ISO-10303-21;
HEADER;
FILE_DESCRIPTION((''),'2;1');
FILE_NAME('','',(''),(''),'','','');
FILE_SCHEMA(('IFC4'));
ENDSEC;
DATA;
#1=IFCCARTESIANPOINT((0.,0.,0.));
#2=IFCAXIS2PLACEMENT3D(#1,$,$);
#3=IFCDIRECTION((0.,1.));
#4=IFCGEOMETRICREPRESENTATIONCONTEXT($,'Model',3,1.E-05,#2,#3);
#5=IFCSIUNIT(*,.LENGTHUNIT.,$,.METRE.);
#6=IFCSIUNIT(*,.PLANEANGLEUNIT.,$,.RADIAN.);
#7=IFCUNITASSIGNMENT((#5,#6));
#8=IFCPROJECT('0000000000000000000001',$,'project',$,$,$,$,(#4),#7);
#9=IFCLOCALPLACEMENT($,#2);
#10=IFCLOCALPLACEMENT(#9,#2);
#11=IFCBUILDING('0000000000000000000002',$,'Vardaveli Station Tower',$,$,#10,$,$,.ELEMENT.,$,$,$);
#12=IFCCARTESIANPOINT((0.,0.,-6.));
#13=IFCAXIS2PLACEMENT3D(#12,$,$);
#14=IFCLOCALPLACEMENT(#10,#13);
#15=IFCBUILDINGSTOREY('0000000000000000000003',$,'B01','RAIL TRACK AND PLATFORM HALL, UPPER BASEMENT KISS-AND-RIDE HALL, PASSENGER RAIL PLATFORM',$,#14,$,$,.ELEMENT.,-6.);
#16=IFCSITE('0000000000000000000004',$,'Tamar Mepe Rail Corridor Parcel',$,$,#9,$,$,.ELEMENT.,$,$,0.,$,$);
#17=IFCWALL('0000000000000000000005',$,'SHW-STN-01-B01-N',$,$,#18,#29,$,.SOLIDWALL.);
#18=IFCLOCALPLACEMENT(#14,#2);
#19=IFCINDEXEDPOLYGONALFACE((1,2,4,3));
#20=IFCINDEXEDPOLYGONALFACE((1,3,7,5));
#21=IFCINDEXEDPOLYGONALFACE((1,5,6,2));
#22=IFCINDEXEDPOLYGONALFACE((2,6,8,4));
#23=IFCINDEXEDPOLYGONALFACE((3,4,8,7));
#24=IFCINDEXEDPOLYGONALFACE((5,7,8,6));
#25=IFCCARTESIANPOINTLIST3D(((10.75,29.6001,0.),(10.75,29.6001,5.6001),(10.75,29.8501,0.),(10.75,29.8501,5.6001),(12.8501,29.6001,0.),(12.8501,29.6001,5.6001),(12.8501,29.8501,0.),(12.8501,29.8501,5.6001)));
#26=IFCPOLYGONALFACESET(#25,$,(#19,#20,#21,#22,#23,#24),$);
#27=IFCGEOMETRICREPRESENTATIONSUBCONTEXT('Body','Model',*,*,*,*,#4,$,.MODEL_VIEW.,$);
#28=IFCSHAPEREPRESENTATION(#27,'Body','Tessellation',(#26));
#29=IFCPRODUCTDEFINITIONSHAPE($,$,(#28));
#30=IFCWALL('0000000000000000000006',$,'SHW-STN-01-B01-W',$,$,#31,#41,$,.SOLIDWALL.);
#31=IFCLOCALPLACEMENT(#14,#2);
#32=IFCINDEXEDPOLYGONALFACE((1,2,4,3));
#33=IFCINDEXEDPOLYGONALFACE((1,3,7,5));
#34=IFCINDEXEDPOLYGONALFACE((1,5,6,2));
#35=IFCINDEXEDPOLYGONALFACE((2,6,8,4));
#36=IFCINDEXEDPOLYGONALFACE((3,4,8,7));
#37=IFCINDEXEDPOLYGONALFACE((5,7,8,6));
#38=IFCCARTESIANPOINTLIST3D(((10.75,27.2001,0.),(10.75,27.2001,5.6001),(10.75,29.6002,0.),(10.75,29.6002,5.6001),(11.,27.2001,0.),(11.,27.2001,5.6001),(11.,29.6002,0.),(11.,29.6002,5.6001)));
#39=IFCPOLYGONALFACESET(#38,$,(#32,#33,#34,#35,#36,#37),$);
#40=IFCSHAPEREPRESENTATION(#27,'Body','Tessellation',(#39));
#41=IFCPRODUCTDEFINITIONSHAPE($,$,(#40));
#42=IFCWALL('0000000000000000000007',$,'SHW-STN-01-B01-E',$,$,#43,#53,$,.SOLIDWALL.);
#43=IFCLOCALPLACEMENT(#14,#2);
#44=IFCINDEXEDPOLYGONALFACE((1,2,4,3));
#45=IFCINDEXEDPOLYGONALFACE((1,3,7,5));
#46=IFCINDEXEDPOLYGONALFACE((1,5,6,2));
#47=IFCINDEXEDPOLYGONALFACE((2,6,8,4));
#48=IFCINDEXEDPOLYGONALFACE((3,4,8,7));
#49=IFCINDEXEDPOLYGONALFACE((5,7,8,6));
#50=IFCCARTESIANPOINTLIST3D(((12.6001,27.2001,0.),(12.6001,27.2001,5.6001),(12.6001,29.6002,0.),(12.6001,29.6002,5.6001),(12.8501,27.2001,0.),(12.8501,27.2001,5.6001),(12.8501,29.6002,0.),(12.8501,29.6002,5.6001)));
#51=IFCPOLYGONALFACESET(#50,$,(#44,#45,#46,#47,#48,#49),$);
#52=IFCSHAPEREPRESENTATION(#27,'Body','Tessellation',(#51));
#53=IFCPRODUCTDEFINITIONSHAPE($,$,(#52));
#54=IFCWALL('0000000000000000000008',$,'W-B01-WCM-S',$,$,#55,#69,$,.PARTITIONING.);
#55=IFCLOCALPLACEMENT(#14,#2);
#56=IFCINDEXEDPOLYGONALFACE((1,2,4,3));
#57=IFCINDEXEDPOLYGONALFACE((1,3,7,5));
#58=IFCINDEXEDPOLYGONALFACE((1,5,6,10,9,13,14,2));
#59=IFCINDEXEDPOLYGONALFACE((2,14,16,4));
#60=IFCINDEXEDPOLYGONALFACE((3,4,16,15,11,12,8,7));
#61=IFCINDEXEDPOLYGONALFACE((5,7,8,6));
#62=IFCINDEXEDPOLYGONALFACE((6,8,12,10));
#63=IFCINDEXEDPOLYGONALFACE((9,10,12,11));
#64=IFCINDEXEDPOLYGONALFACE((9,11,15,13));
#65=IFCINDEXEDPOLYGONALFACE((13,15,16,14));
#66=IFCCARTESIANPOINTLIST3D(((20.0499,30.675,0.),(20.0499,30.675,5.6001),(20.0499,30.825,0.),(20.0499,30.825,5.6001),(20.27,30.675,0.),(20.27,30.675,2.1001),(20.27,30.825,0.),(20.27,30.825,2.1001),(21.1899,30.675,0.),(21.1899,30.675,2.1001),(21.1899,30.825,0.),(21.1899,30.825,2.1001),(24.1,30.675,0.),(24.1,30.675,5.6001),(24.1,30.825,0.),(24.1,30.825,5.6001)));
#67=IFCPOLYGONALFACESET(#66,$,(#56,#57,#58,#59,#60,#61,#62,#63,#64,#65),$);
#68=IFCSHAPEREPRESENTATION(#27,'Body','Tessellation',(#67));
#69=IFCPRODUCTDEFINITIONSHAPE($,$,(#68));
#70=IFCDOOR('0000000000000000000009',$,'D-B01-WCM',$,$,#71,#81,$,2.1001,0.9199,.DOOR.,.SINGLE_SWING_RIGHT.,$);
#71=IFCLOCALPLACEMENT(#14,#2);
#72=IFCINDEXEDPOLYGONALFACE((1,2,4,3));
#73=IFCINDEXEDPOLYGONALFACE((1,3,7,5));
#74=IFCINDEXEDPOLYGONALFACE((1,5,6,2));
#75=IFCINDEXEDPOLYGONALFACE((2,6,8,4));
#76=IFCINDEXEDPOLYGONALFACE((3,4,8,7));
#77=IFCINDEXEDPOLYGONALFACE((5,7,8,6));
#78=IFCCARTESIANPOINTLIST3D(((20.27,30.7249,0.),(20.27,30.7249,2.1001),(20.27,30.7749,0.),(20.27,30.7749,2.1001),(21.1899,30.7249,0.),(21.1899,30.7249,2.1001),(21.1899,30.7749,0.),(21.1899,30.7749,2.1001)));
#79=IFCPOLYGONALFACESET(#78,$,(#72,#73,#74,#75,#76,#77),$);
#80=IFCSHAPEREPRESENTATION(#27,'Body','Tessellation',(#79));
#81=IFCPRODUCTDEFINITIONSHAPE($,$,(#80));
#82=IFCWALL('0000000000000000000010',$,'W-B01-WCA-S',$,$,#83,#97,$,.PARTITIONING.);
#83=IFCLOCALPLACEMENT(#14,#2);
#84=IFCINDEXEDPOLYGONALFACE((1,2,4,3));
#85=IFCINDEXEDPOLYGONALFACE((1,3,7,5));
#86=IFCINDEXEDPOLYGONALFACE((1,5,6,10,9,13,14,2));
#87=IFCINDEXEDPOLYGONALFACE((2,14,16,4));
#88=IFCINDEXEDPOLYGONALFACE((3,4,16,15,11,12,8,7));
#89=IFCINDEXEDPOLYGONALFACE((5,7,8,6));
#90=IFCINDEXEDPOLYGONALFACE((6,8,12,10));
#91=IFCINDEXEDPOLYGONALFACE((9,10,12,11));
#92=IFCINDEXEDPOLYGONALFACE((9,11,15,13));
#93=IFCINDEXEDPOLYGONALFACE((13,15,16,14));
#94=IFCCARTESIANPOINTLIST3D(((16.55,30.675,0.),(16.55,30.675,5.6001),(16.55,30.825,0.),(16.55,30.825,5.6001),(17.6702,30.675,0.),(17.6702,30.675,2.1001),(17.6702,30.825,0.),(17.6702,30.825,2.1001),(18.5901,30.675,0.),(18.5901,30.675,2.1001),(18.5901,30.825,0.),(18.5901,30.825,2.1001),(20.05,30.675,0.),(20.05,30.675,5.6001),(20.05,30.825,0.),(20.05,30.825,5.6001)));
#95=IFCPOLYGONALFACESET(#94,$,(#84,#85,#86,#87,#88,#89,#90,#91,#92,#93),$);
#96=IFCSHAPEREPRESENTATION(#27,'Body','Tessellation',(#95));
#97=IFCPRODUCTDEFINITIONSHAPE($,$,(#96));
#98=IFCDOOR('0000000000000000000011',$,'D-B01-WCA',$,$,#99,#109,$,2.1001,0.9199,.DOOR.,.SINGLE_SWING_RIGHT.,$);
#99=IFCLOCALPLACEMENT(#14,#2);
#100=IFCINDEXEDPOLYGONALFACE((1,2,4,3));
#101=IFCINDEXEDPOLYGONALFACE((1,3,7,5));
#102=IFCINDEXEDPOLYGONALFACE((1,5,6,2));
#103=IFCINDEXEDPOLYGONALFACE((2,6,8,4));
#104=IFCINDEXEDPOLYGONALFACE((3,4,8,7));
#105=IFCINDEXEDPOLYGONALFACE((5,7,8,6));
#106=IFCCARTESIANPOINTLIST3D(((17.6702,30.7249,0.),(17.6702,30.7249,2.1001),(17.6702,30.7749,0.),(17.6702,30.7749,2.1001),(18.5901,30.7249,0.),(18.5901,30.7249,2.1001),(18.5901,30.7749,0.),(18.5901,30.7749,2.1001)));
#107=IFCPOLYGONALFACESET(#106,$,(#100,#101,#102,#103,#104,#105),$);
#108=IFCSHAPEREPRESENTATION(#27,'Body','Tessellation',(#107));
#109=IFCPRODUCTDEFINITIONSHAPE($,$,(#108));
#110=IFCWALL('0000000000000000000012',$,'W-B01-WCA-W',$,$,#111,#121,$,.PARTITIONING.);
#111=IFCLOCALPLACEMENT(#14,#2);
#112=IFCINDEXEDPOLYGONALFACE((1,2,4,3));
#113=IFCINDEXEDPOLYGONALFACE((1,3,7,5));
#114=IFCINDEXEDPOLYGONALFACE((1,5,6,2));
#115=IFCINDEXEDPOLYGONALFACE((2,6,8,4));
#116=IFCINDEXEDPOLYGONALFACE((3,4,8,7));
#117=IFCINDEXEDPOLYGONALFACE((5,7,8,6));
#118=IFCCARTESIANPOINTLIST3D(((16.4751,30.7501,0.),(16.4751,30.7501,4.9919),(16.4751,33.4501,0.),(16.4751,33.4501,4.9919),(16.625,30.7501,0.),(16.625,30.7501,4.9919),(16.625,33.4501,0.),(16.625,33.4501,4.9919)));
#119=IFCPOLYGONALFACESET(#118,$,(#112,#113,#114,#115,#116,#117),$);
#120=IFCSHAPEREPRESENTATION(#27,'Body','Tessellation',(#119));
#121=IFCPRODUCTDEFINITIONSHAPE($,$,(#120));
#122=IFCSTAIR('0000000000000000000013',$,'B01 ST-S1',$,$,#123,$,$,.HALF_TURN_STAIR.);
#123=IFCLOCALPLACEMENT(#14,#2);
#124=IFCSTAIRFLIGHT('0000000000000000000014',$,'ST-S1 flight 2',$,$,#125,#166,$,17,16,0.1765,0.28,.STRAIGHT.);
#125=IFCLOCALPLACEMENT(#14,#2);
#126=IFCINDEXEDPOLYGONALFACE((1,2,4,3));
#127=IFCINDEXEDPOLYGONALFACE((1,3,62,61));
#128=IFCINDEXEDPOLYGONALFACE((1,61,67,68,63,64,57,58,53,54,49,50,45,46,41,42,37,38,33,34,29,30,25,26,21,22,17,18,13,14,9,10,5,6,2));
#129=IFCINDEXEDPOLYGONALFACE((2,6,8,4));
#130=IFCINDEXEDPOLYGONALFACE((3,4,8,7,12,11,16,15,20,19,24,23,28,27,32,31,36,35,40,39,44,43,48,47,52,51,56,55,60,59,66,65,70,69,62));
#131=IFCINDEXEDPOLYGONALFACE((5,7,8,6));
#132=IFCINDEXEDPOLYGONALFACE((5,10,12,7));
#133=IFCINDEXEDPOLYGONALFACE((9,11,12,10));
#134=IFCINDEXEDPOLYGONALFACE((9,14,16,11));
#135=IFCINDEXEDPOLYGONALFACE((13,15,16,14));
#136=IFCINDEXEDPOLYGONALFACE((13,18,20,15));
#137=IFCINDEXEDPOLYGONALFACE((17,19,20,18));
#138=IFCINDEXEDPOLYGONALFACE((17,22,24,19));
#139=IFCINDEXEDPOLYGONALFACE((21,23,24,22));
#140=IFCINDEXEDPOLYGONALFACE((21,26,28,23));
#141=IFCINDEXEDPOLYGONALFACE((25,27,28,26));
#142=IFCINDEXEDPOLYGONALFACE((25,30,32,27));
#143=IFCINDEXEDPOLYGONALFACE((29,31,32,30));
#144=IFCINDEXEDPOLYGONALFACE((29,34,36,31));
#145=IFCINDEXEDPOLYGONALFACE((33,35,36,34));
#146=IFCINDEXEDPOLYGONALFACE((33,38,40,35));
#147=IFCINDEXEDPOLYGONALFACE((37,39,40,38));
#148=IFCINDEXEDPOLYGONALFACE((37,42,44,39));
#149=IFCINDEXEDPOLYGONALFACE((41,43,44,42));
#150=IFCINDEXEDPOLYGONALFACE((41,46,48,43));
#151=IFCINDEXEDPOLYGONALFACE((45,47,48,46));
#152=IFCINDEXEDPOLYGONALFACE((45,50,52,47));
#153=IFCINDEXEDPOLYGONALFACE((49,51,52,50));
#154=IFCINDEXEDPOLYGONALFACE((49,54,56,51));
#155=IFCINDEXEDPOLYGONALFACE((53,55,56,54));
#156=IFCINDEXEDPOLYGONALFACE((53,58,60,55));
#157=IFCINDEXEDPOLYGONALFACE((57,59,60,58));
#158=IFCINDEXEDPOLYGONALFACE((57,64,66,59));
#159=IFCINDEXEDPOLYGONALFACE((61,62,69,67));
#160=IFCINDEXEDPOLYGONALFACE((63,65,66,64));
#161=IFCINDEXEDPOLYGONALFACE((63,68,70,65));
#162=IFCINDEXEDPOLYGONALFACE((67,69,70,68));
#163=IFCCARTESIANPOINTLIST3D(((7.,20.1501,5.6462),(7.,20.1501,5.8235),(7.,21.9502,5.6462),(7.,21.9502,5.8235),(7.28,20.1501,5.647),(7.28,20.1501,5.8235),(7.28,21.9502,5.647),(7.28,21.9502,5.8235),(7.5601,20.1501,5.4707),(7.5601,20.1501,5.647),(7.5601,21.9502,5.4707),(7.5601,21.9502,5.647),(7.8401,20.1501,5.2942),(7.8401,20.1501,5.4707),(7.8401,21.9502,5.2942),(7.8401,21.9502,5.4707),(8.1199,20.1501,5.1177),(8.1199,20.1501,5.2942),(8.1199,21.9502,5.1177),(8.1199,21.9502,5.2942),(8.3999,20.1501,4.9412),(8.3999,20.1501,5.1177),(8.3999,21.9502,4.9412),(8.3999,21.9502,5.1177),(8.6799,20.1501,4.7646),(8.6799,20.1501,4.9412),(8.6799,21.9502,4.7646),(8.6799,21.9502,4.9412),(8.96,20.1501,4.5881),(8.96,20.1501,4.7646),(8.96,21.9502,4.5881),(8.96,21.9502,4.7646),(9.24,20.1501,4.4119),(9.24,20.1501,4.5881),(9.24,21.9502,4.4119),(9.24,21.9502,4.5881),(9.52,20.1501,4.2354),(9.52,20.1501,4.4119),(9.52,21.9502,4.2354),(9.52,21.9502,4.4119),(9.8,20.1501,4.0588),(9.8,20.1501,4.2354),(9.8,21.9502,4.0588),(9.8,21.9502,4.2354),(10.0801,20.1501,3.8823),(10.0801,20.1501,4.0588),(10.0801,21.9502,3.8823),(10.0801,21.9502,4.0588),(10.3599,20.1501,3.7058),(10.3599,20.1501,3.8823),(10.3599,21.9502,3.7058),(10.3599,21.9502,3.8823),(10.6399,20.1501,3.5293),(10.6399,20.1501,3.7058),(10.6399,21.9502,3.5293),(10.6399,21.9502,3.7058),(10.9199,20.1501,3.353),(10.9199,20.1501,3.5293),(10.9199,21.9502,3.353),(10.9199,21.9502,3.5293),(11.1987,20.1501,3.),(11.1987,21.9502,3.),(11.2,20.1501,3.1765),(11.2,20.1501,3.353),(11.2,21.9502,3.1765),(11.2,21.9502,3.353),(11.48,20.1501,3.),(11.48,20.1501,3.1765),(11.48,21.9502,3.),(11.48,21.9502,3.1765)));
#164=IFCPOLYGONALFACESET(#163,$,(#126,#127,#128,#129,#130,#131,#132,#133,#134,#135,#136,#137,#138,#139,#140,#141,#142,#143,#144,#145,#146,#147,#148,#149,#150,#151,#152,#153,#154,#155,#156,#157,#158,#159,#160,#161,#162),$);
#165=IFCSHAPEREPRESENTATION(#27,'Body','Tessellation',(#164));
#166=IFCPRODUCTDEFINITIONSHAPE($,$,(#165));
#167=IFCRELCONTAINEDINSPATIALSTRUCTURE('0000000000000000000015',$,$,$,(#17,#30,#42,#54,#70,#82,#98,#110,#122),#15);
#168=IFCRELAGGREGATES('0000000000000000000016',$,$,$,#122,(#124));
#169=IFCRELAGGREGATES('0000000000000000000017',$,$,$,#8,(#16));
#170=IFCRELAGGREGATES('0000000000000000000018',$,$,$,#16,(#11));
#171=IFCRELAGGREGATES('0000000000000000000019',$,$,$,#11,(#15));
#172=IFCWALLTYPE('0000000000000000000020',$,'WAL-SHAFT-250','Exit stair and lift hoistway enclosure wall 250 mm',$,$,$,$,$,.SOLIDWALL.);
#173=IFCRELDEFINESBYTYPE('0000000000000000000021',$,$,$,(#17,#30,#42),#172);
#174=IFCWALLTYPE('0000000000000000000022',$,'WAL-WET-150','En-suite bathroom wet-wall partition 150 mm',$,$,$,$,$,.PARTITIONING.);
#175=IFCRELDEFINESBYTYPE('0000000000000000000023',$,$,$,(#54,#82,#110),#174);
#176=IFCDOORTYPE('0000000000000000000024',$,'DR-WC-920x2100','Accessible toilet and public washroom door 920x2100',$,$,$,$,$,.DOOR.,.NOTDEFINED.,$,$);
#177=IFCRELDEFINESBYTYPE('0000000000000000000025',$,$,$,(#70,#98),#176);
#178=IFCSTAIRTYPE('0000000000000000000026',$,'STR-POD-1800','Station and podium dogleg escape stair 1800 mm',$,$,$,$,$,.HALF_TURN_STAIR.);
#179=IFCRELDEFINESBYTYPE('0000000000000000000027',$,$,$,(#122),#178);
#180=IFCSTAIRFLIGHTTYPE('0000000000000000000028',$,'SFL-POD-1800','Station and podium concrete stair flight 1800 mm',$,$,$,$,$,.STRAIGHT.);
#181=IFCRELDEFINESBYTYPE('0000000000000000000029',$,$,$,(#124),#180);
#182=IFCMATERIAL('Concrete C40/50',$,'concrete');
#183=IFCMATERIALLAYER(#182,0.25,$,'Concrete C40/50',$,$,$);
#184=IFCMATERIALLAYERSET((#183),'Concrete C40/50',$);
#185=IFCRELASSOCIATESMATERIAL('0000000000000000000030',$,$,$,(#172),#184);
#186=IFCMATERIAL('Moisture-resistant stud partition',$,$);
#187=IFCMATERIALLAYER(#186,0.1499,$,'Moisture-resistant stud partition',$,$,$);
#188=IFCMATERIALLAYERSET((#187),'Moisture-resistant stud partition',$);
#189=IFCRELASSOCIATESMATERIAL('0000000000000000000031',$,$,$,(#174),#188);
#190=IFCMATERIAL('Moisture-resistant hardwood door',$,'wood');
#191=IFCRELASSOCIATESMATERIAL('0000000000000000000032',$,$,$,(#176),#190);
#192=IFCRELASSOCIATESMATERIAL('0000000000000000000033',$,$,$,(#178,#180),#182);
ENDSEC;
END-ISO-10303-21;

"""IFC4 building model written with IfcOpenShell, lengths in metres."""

from ifc_helpers import new_model, si_unit, direction, frame, frame_2d, origin, place, context, subcontext, project, spatial, polyline, rectangle, outline, extrude, source, transform, mapped, material, layer, layer_set, type_object, element, fill, aggregate, save


model = new_model("IFC4")

# Units and contexts
model_context = context("Model", 3, precision=1e-05, world=origin(), true_north=direction((0.0, 1.0)))
body_context = subcontext(model_context, "Body", "Model", "MODEL_VIEW")
ifc_project = project(units=[si_unit("LENGTHUNIT", "METRE"), si_unit("PLANEANGLEUNIT", "RADIAN")], contexts=[model_context])

# Site, building, storey
site_placement = place(None, origin())
site = spatial("IfcSite", under=ifc_project, at=site_placement, Name="Tamar Mepe Rail Corridor Parcel", CompositionType="ELEMENT", RefElevation=0.0)
building_placement = place(site_placement, origin())
building = spatial("IfcBuilding", under=site, at=building_placement, Name="Vardaveli Station Tower", CompositionType="ELEMENT")
storey_placement = place(building_placement, frame((0.0, 0.0, -6.0)))
storey = spatial("IfcBuildingStorey", under=building, at=storey_placement, Name="B01", Description="RAIL TRACK AND PLATFORM HALL, UPPER BASEMENT KISS-AND-RIDE HALL, PASSENGER RAIL PLATFORM", CompositionType="ELEMENT", Elevation=-6.0)

# Walls
ifc_material_1 = material(Name="Concrete C40/50", Category="concrete")
ifc_layer_1 = layer(ifc_material_1, 0.25, Name="Concrete C40/50")
ifc_layer_set_1 = layer_set([ifc_layer_1], Name="Concrete C40/50")
wall_type_1 = type_object("IfcWallType", Name="WAL-SHAFT-250", Description="Exit stair and lift hoistway enclosure wall 250 mm", PredefinedType="SOLIDWALL", material=ifc_layer_set_1)
shared_shape_1 = source(origin(), body_context, "Body", "SweptSolid", [
    extrude(rectangle(XDim=2.1001, YDim=0.25, at=frame_2d((1.05, 0.0))), origin(), (0.0, 0.0, 1.0), 5.6001),
])
wall_1_placement = place(storey_placement, frame((10.75, 29.7251, 0.0), z_axis=(0.0, 0.0, 1.0), x_axis=(1.0, 0.0, 0.0)))
element("IfcWall", 1, at=wall_1_placement, inside=storey, type_object=wall_type_1, Name="SHW-STN-01-B01-N", PredefinedType="SOLIDWALL", context=body_context, shape_type="MappedRepresentation", body=[
    mapped(shared_shape_1, transform((0.0, 0.0, 0.0), scale=1.0)),
])
shared_shape_2 = source(origin(), body_context, "Body", "SweptSolid", [
    extrude(rectangle(XDim=2.4001, YDim=0.25, at=frame_2d((1.2002, 0.0))), origin(), (0.0, 0.0, 1.0), 5.6001),
])
for number, where, z_axis, x_axis, name in (
    (2, (10.875, 27.2, 0.0), (0.0, 0.0, 1.0), (0.0, 1.0, 0.0), "SHW-STN-01-B01-W"),
    (3, (12.7251, 27.2, 0.0), (0.0, 0.0, 1.0), (0.0, 1.0, 0.0), "SHW-STN-01-B01-E"),
):
    element("IfcWall", number, at=place(storey_placement, frame(where, z_axis=z_axis, x_axis=x_axis)), inside=storey, type_object=wall_type_1, Name=name, PredefinedType="SOLIDWALL", context=body_context, shape_type="MappedRepresentation", body=[
        mapped(shared_shape_2, transform((0.0, 0.0, 0.0), scale=1.0)),
    ])

# Walls, openings, doors
ifc_material_2 = material(Name="Moisture-resistant stud partition")
ifc_layer_2 = layer(ifc_material_2, 0.1499, Name="Moisture-resistant stud partition")
ifc_layer_set_2 = layer_set([ifc_layer_2], Name="Moisture-resistant stud partition")
wall_type_2 = type_object("IfcWallType", Name="WAL-WET-150", Description="En-suite bathroom wet-wall partition 150 mm", PredefinedType="PARTITIONING", material=ifc_layer_set_2)
shared_shape_3 = source(origin(), body_context, "Body", "SweptSolid", [
    extrude(rectangle(XDim=4.05, YDim=0.1499, at=frame_2d((2.0249, 0.0))), origin(), (0.0, 0.0, 1.0), 5.6001),
])
wall_2_placement = place(storey_placement, frame((20.05, 30.75, 0.0), z_axis=(0.0, 0.0, 1.0), x_axis=(1.0, 0.0, 0.0)))
wall_2 = element("IfcWall", 4, at=wall_2_placement, inside=storey, type_object=wall_type_2, Name="W-B01-WCM-S", PredefinedType="PARTITIONING", context=body_context, shape_type="MappedRepresentation", body=[
    mapped(shared_shape_3, transform((0.0, 0.0, 0.0), scale=1.0)),
])
shared_shape_4 = source(origin(), body_context, "Body", "SweptSolid", [
    extrude(rectangle(XDim=0.9199, YDim=2.1001, at=frame_2d((0.46, 1.05))), frame((0.0, 0.085, 0.0), z_axis=(0.0, -1.0, 0.0), x_axis=(1.0, 0.0, 0.0)), (0.0, 0.0, 1.0), 0.1699),
])
opening_1_placement = place(wall_2_placement, frame((0.22, 0.0, 0.0)))
opening_1 = element("IfcOpeningElement", 5, at=opening_1_placement, cuts=wall_2, PredefinedType="OPENING", context=body_context, shape_type="MappedRepresentation", body=[
    mapped(shared_shape_4, transform((0.0, 0.0, 0.0), scale=1.0)),
])
ifc_material_3 = material(Name="Moisture-resistant hardwood door", Category="wood")
door_type = type_object("IfcDoorType", Name="DR-WC-920x2100", Description="Accessible toilet and public washroom door 920x2100", OperationType="NOTDEFINED", PredefinedType="DOOR", material=ifc_material_3)
shared_shape_5 = source(origin(), body_context, "Body", "SweptSolid", [
    extrude(rectangle(XDim=0.9199, YDim=2.1001, at=frame_2d((0.46, 1.05))), frame((0.0, 0.0249, 0.0), z_axis=(0.0, -1.0, 0.0), x_axis=(1.0, 0.0, 0.0)), (0.0, 0.0, 1.0), 0.05),
])
door_1_placement = place(opening_1_placement, origin())
door_1 = element("IfcDoor", 6, at=door_1_placement, inside=storey, type_object=door_type, Name="D-B01-WCM", OperationType="SINGLE_SWING_RIGHT", OverallHeight=2.1001, OverallWidth=0.9199, PredefinedType="DOOR", context=body_context, shape_type="MappedRepresentation", body=[
    mapped(shared_shape_5, transform((0.0, 0.0, 0.0), scale=1.0)),
])
fill(opening_1, door_1)
shared_shape_6 = source(origin(), body_context, "Body", "SweptSolid", [
    extrude(rectangle(XDim=3.5, YDim=0.1499, at=frame_2d((1.75, 0.0))), origin(), (0.0, 0.0, 1.0), 5.6001),
])
wall_3_placement = place(storey_placement, frame((16.55, 30.75, 0.0), z_axis=(0.0, 0.0, 1.0), x_axis=(1.0, 0.0, 0.0)))
wall_3 = element("IfcWall", 7, at=wall_3_placement, inside=storey, type_object=wall_type_2, Name="W-B01-WCA-S", PredefinedType="PARTITIONING", context=body_context, shape_type="MappedRepresentation", body=[
    mapped(shared_shape_6, transform((0.0, 0.0, 0.0), scale=1.0)),
])
opening_2_placement = place(wall_3_placement, frame((1.1201, 0.0, 0.0)))
opening_2 = element("IfcOpeningElement", 8, at=opening_2_placement, cuts=wall_3, PredefinedType="OPENING", context=body_context, shape_type="MappedRepresentation", body=[
    mapped(shared_shape_4, transform((0.0, 0.0, 0.0), scale=1.0)),
])
door_2_placement = place(opening_2_placement, origin())
door_2 = element("IfcDoor", 9, at=door_2_placement, inside=storey, type_object=door_type, Name="D-B01-WCA", OperationType="SINGLE_SWING_RIGHT", OverallHeight=2.1001, OverallWidth=0.9199, PredefinedType="DOOR", context=body_context, shape_type="MappedRepresentation", body=[
    mapped(shared_shape_5, transform((0.0, 0.0, 0.0), scale=1.0)),
])
fill(opening_2, door_2)

# Wall
shared_shape_7 = source(origin(), body_context, "Body", "SweptSolid", [
    extrude(rectangle(XDim=2.7, YDim=0.1499, at=frame_2d((1.3501, 0.0))), origin(), (0.0, 0.0, 1.0), 4.9919),
])
wall_4_placement = place(storey_placement, frame((16.55, 30.75, 0.0), z_axis=(0.0, 0.0, 1.0), x_axis=(0.0, 1.0, 0.0)))
element("IfcWall", 10, at=wall_4_placement, inside=storey, type_object=wall_type_2, Name="W-B01-WCA-W", PredefinedType="PARTITIONING", context=body_context, shape_type="MappedRepresentation", body=[
    mapped(shared_shape_7, transform((0.0, 0.0, 0.0), scale=1.0)),
])

# Stair, stair flight
stair_type = type_object("IfcStairType", Name="STR-POD-1800", Description="Station and podium dogleg escape stair 1800 mm", PredefinedType="HALF_TURN_STAIR", material=ifc_material_1)
stair_placement = place(storey_placement, origin())
stair = element("IfcStair", 11, at=stair_placement, inside=storey, type_object=stair_type, Name="B01 ST-S1", PredefinedType="HALF_TURN_STAIR")
stair_flight_type = type_object("IfcStairFlightType", Name="SFL-POD-1800", Description="Station and podium concrete stair flight 1800 mm", PredefinedType="STRAIGHT", material=ifc_material_1)
shared_shape_8 = source(origin(), body_context, "Body", "SweptSolid", [
    extrude(outline(polyline([(0.0, 0.0), (0.0, 0.1765), (0.28, 0.1765), (0.28, 0.353), (0.5601, 0.353), (0.5601, 0.5293), (0.8401, 0.5293), (0.8401, 0.7058), (1.1201, 0.7058), (1.1201, 0.8823), (1.3999, 0.8823), (1.3999, 1.0588), (1.6799, 1.0588), (1.6799, 1.2354), (1.96, 1.2354), (1.96, 1.4119), (2.24, 1.4119), (2.24, 1.5881), (2.52, 1.5881), (2.52, 1.7646), (2.8, 1.7646), (2.8, 1.9412), (3.0801, 1.9412), (3.0801, 2.1177), (3.3601, 2.1177), (3.3601, 2.2942), (3.6399, 2.2942), (3.6399, 2.4707), (3.9199, 2.4707), (3.9199, 2.647), (4.2, 2.647), (4.2, 2.8235), (4.48, 2.8235), (4.48, 3.0), (4.48, 2.6462), (0.2812, 0.0), (0.0, 0.0)])), frame((0.0, 0.8999, 0.0), z_axis=(0.0, -1.0, 0.0), x_axis=(1.0, 0.0, 0.0)), (0.0, 0.0, 1.0), 1.8),
])
stair_flight_placement = place(storey_placement, frame((11.48, 21.05, 3.0), z_axis=(0.0, 0.0, 1.0), x_axis=(-1.0, 0.0, 0.0)))
stair_flight = element("IfcStairFlight", 12, at=stair_flight_placement, type_object=stair_flight_type, Name="ST-S1 flight 2", NumberOfRisers=17, NumberOfTreads=16, PredefinedType="STRAIGHT", RiserHeight=0.1765, TreadLength=0.28, context=body_context, shape_type="MappedRepresentation", body=[
    mapped(shared_shape_8, transform((0.0, 0.0, 0.0), scale=1.0)),
])
aggregate(stair, [stair_flight])

save(model, "model.ifc")
